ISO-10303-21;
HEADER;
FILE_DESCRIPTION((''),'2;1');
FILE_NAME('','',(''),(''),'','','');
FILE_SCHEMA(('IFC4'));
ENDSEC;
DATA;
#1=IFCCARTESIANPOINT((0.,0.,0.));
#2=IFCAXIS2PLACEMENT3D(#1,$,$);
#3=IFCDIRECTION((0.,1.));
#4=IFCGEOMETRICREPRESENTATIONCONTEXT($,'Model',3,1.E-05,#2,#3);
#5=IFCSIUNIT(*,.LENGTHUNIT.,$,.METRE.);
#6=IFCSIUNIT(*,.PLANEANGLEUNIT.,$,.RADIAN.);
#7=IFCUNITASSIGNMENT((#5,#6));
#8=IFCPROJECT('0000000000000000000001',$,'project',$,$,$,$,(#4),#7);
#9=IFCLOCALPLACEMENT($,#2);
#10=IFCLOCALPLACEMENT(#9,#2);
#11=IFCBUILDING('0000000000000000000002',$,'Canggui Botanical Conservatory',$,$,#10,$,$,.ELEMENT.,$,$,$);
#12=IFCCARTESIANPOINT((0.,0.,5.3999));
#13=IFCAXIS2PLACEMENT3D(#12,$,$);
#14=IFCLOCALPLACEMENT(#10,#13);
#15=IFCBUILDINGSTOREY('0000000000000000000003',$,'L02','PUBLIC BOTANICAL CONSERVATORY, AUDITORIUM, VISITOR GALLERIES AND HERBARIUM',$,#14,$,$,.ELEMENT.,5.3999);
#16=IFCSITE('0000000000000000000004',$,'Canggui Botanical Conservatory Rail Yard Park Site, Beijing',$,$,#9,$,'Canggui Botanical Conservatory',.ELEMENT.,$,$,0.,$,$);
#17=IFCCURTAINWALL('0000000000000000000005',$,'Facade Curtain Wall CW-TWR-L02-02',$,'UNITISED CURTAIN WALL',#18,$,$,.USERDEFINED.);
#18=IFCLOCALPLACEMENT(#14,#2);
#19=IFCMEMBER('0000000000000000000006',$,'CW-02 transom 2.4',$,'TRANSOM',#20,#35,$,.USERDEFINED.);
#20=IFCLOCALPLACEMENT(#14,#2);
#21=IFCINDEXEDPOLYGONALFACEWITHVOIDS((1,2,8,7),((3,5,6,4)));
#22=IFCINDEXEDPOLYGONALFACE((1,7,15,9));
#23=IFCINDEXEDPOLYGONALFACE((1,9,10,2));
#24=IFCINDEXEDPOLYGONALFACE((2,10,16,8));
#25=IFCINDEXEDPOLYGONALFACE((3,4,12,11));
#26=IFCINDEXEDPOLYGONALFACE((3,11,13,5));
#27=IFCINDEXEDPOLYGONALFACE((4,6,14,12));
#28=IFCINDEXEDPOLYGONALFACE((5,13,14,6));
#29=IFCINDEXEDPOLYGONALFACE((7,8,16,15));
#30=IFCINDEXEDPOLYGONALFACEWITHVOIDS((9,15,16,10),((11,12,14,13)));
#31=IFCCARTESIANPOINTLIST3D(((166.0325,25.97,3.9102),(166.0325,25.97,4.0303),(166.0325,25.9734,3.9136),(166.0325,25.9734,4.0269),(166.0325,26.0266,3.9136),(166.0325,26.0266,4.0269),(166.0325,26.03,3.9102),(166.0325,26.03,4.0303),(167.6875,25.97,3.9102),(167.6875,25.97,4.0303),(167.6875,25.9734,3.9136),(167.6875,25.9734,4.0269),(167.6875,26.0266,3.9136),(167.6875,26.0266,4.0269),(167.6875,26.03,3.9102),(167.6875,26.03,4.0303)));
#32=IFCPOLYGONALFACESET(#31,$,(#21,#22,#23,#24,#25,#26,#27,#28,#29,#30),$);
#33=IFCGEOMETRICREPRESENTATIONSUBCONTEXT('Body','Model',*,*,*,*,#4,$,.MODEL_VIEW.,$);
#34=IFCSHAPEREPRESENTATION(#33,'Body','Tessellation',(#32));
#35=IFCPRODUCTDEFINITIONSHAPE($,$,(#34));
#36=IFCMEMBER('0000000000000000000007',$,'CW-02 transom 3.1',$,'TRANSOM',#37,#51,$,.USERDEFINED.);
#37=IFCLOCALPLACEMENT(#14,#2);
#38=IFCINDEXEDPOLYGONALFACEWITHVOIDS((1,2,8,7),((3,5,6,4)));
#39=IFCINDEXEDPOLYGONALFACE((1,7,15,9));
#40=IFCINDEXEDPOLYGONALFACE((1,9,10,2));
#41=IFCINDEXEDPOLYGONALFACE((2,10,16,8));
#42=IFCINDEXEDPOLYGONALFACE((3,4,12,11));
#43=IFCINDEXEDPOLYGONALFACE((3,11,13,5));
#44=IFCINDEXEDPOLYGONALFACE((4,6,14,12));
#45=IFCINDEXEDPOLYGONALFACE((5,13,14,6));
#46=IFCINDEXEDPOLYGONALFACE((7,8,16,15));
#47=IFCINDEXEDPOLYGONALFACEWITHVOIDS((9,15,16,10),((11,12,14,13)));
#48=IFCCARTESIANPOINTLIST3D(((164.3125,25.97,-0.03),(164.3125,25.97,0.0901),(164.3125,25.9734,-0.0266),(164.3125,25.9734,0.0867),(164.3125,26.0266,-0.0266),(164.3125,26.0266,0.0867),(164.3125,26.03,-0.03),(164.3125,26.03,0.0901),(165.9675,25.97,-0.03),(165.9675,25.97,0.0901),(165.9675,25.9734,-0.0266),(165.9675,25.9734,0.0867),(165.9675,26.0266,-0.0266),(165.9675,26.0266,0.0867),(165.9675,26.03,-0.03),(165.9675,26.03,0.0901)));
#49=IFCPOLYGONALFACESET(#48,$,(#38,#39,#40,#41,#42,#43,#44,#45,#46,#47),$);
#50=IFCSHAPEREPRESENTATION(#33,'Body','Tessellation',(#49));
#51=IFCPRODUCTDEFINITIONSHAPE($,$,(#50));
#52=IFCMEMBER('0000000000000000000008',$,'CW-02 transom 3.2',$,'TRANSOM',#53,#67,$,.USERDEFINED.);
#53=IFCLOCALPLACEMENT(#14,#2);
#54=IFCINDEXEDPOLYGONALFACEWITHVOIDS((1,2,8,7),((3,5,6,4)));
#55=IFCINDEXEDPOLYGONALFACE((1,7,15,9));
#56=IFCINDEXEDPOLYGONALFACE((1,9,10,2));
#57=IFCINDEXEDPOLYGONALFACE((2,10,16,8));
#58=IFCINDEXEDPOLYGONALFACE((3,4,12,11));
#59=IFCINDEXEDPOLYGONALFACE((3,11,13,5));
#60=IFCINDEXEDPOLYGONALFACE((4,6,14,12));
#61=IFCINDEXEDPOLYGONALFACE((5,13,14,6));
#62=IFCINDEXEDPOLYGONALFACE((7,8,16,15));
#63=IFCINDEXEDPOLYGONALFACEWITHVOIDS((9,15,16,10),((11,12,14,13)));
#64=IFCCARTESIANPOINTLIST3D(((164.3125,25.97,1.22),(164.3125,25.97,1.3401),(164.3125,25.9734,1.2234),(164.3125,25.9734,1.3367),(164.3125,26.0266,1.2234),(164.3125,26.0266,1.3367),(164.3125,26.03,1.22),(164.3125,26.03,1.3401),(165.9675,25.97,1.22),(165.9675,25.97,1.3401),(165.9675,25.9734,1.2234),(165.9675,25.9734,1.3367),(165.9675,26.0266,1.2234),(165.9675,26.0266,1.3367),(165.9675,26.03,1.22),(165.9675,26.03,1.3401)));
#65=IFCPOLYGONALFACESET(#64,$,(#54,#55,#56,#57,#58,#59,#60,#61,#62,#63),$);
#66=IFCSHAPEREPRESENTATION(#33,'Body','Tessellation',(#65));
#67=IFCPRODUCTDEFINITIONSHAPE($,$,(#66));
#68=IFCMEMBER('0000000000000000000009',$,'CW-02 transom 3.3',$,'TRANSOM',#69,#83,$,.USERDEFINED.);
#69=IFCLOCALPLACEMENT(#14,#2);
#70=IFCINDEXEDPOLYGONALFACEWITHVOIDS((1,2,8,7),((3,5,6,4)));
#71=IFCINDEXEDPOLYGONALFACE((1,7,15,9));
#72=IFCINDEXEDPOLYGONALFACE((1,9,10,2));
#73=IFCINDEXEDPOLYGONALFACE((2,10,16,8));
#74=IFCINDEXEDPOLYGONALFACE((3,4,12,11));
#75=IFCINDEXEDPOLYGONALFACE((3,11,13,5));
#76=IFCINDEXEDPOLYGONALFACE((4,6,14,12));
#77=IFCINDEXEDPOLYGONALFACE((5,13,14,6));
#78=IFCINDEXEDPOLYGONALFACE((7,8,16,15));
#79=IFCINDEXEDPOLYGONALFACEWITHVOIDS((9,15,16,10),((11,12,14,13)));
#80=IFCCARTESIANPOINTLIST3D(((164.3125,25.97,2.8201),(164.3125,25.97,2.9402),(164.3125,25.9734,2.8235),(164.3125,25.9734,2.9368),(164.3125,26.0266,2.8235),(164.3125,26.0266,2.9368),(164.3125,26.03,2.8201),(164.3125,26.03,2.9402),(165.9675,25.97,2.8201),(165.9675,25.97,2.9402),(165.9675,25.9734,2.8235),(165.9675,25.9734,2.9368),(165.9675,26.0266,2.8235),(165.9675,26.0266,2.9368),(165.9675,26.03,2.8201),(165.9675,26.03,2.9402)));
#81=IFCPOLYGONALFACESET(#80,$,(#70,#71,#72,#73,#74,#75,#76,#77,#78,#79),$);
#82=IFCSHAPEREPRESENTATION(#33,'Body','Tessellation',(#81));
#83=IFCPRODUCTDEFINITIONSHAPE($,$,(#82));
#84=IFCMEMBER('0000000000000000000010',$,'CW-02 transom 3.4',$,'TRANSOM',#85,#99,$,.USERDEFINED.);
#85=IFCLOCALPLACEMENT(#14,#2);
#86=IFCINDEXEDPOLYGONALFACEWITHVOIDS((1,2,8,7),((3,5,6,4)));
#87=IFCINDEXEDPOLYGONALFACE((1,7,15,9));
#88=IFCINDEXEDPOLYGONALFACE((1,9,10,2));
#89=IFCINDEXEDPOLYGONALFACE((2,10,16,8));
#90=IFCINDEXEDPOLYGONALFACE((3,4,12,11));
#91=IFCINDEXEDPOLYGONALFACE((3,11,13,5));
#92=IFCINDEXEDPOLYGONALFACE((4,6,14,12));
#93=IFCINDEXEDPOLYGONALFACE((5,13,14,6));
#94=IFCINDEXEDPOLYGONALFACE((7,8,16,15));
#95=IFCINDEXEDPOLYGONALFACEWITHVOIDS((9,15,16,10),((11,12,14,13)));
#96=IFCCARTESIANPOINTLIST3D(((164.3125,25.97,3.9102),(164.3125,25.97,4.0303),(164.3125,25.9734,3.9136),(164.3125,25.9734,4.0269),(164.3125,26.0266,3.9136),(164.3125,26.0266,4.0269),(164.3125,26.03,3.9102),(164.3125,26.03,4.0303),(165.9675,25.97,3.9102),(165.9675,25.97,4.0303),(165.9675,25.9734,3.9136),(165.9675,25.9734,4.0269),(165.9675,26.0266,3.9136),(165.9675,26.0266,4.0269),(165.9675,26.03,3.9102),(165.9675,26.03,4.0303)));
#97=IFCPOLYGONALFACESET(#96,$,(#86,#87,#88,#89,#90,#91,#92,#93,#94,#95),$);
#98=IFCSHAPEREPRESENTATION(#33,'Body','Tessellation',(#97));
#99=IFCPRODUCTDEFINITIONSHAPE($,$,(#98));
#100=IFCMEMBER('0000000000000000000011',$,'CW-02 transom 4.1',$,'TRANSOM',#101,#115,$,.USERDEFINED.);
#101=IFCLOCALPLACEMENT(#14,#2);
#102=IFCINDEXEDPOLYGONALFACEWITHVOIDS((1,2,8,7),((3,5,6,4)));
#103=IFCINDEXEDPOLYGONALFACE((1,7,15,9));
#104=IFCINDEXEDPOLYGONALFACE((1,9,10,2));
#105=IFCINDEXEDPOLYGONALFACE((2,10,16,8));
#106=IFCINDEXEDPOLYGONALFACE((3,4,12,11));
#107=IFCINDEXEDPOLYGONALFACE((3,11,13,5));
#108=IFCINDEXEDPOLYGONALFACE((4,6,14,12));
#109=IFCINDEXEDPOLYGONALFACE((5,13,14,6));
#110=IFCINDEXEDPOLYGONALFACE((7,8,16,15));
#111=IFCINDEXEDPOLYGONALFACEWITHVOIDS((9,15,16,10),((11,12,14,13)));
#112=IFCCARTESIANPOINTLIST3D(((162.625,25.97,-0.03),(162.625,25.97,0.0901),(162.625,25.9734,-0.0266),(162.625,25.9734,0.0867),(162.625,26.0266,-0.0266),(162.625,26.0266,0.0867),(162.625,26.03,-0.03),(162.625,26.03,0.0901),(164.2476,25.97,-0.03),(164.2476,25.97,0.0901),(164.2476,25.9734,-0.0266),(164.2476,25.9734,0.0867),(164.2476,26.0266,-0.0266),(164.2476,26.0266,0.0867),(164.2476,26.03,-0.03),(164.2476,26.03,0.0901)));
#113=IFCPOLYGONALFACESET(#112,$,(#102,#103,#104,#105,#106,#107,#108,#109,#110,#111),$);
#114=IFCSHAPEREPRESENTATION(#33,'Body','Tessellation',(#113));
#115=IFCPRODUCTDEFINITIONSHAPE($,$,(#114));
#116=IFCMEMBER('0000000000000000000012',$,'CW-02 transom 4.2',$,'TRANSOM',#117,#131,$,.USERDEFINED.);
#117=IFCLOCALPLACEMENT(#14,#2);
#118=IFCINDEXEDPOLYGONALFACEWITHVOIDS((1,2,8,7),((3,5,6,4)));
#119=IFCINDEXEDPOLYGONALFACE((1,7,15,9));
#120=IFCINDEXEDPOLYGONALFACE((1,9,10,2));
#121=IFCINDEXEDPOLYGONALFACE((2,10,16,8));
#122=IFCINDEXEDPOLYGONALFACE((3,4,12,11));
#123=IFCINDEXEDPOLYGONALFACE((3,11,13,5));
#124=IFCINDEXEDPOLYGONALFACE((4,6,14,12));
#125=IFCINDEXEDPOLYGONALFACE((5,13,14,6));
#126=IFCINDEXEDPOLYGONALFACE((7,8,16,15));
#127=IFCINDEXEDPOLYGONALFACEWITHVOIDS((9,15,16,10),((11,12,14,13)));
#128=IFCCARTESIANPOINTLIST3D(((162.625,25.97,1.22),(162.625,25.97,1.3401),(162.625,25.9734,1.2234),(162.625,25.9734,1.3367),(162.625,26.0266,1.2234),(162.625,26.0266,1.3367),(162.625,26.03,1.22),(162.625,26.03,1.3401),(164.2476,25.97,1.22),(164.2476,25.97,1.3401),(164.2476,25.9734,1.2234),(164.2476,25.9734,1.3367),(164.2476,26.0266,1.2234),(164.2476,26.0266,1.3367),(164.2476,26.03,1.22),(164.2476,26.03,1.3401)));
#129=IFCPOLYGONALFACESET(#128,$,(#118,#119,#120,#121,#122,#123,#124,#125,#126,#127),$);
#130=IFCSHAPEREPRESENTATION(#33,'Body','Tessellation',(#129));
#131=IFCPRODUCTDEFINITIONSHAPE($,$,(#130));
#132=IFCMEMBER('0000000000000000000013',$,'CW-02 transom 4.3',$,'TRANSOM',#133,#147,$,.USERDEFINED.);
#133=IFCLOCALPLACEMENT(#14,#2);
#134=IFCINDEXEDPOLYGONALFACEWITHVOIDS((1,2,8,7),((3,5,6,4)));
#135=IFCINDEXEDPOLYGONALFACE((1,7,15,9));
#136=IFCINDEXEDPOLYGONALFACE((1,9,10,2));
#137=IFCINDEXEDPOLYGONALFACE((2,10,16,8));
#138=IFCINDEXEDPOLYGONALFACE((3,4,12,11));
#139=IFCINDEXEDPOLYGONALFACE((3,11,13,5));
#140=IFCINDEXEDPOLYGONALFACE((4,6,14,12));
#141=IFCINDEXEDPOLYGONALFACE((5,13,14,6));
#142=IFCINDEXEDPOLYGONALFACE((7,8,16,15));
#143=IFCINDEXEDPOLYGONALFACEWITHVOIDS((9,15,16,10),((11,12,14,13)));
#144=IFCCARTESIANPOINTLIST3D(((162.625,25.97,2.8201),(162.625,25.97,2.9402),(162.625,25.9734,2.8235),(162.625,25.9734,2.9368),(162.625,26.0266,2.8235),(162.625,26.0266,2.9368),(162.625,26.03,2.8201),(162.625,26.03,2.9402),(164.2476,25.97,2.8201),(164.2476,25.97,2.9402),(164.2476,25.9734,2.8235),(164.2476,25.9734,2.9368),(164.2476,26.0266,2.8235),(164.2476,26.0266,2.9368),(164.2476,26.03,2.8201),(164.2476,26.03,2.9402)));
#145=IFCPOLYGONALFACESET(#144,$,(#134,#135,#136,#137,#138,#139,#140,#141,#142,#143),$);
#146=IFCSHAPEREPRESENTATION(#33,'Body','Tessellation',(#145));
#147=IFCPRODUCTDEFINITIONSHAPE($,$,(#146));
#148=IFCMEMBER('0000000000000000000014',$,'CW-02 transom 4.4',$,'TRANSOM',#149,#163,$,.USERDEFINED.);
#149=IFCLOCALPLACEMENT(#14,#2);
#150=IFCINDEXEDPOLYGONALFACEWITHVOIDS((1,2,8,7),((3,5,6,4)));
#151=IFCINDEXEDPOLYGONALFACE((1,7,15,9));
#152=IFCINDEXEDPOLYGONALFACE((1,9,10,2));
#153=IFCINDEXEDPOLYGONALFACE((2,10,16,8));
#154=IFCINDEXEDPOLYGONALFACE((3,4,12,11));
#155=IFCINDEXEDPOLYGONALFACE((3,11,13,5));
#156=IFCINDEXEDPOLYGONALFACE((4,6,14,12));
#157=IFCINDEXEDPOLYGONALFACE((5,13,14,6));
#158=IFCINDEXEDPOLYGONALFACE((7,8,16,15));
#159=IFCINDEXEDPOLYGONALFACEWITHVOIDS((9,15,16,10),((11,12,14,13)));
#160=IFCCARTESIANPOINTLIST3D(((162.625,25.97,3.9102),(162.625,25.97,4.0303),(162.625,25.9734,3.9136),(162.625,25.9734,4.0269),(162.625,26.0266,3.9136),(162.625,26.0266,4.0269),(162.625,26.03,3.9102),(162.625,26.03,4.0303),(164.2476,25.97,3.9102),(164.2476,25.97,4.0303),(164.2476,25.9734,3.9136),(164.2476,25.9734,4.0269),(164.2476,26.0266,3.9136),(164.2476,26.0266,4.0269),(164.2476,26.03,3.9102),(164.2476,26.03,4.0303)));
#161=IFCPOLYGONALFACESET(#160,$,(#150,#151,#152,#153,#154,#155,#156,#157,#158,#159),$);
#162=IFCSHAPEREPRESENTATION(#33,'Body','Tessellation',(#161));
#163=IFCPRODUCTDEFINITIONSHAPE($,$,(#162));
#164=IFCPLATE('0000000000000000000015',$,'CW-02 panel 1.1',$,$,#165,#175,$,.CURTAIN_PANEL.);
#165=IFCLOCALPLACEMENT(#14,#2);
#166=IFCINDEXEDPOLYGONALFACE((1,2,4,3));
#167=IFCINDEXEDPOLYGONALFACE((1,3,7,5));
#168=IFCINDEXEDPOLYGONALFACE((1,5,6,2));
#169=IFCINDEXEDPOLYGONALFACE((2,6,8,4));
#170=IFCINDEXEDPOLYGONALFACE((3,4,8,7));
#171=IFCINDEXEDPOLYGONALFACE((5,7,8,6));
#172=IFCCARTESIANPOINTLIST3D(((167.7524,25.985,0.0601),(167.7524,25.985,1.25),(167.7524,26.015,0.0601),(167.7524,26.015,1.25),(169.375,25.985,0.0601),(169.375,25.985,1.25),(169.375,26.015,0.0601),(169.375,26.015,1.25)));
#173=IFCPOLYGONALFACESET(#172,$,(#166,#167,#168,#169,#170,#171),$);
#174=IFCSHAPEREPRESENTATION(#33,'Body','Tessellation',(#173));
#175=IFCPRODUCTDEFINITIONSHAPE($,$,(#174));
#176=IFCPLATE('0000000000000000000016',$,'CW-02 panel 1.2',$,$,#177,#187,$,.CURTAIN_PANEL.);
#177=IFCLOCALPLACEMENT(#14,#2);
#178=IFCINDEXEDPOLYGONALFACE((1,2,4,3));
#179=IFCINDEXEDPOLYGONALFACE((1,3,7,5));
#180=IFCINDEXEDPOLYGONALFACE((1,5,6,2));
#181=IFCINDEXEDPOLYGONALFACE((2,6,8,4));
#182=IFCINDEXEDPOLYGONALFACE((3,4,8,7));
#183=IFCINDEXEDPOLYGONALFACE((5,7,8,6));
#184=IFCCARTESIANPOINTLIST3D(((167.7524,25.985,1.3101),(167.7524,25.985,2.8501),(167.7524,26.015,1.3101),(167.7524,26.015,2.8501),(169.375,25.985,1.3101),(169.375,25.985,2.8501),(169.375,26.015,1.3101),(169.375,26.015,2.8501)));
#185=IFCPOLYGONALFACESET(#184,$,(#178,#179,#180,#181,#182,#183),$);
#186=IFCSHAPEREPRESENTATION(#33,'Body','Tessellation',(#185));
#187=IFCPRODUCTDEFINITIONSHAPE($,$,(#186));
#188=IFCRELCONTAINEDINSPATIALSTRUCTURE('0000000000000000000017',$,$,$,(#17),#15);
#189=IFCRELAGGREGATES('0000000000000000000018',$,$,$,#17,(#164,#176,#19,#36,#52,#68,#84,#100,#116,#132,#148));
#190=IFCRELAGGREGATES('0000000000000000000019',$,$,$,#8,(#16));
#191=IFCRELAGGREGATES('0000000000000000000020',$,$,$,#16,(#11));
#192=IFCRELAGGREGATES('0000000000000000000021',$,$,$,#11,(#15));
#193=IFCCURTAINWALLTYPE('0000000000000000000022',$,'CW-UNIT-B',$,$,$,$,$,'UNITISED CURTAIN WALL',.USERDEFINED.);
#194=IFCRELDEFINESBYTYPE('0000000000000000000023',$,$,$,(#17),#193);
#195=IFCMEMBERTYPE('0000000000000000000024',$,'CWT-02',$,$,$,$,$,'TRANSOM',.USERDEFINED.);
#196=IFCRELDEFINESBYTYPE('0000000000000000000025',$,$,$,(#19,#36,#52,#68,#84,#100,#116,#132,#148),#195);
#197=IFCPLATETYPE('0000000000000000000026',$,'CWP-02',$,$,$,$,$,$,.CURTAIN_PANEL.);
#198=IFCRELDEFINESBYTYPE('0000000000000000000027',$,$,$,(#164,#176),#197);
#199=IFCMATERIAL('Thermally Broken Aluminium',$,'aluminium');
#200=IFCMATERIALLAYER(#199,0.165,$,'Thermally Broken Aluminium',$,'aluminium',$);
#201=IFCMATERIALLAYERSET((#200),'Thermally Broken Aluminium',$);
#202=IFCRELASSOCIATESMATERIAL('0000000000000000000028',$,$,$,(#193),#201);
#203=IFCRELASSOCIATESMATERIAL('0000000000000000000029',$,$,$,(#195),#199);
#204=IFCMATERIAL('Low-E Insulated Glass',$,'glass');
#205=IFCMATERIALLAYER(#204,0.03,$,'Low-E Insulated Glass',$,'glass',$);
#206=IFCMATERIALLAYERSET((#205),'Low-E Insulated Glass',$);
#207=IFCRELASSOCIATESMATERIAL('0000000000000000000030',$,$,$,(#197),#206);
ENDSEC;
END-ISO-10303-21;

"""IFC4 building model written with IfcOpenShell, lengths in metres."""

from ifc_helpers import new_model, si_unit, direction, frame, origin, origin_2d, place, context, subcontext, project, spatial, rectangle, hollow_rectangle, extrude, material, layer, layer_set, material_profile, profile_set, type_object, element, aggregate, save


model = new_model("IFC4")

# Units and contexts
model_context = context("Model", 3, precision=1e-05, world=origin(), true_north=direction((0.0, 1.0)))
body_context = subcontext(model_context, "Body", "Model", "MODEL_VIEW")
ifc_project = project(units=[si_unit("LENGTHUNIT", "METRE"), si_unit("PLANEANGLEUNIT", "RADIAN")], contexts=[model_context])

# Site, building, storey
site_placement = place(None, origin())
site = spatial("IfcSite", under=ifc_project, at=site_placement, Name="Canggui Botanical Conservatory Rail Yard Park Site, Beijing", LongName="Canggui Botanical Conservatory", CompositionType="ELEMENT", RefElevation=0.0)
building_placement = place(site_placement, origin())
building = spatial("IfcBuilding", under=site, at=building_placement, Name="Canggui Botanical Conservatory", CompositionType="ELEMENT")
storey_placement = place(building_placement, frame((0.0, 0.0, 5.3999)))
storey = spatial("IfcBuildingStorey", under=building, at=storey_placement, Name="L02", Description="PUBLIC BOTANICAL CONSERVATORY, AUDITORIUM, VISITOR GALLERIES AND HERBARIUM", CompositionType="ELEMENT", Elevation=5.3999)

# Curtain wall, members, plates
ifc_material_1 = material(Name="Thermally Broken Aluminium", Category="aluminium")
ifc_layer_1 = layer(ifc_material_1, 0.165, Name="Thermally Broken Aluminium", Category="aluminium")
ifc_layer_set_1 = layer_set([ifc_layer_1], Name="Thermally Broken Aluminium")
curtain_wall_type = type_object("IfcCurtainWallType", Name="CW-UNIT-B", ElementType="UNITISED CURTAIN WALL", PredefinedType="USERDEFINED", material=ifc_layer_set_1)
curtain_wall_placement = place(storey_placement, origin())
curtain_wall = element("IfcCurtainWall", 1, at=curtain_wall_placement, inside=storey, type_object=curtain_wall_type, Name="Facade Curtain Wall CW-TWR-L02-02", ObjectType="UNITISED CURTAIN WALL", PredefinedType="USERDEFINED")
ifc_material_profile_1 = material_profile(ifc_material_1, hollow_rectangle(XDim=0.0601, YDim=0.1201, WallThickness=0.0034, at=origin_2d()), Name="CWT 60x120x3.5")
ifc_profile_set_1 = profile_set([ifc_material_profile_1], Name="Thermally Broken Aluminium")
member_type_1 = type_object("IfcMemberType", Name="CWT-02", ElementType="TRANSOM", PredefinedType="USERDEFINED", material=ifc_profile_set_1)
member_1_placement = place(storey_placement, frame((167.6875, 26.0, 3.9702), z_axis=(-1.0, 0.0, 0.0), x_axis=(0.0, -1.0, 0.0)))
member_1 = element("IfcMember", 2, at=member_1_placement, type_object=member_type_1, Name="CW-02 transom 2.4", ObjectType="TRANSOM", PredefinedType="USERDEFINED", context=body_context, shape_type="SweptSolid", body=[
    extrude(hollow_rectangle(XDim=0.0601, YDim=0.1201, WallThickness=0.0034, at=origin_2d()), origin(), (0.0, 0.0, 1.0), 1.655),
])
member_2_placement = place(storey_placement, frame((165.9675, 26.0, 0.03), z_axis=(-1.0, 0.0, 0.0), x_axis=(0.0, -1.0, 0.0)))
member_2 = element("IfcMember", 3, at=member_2_placement, type_object=member_type_1, Name="CW-02 transom 3.1", ObjectType="TRANSOM", PredefinedType="USERDEFINED", context=body_context, shape_type="SweptSolid", body=[
    extrude(hollow_rectangle(XDim=0.0601, YDim=0.1201, WallThickness=0.0034, at=origin_2d()), origin(), (0.0, 0.0, 1.0), 1.655),
])
member_3_placement = place(storey_placement, frame((165.9675, 26.0, 1.28), z_axis=(-1.0, 0.0, 0.0), x_axis=(0.0, -1.0, 0.0)))
member_3 = element("IfcMember", 4, at=member_3_placement, type_object=member_type_1, Name="CW-02 transom 3.2", ObjectType="TRANSOM", PredefinedType="USERDEFINED", context=body_context, shape_type="SweptSolid", body=[
    extrude(hollow_rectangle(XDim=0.0601, YDim=0.1201, WallThickness=0.0034, at=origin_2d()), origin(), (0.0, 0.0, 1.0), 1.655),
])
member_4_placement = place(storey_placement, frame((165.9675, 26.0, 2.8801), z_axis=(-1.0, 0.0, 0.0), x_axis=(0.0, -1.0, 0.0)))
member_4 = element("IfcMember", 5, at=member_4_placement, type_object=member_type_1, Name="CW-02 transom 3.3", ObjectType="TRANSOM", PredefinedType="USERDEFINED", context=body_context, shape_type="SweptSolid", body=[
    extrude(hollow_rectangle(XDim=0.0601, YDim=0.1201, WallThickness=0.0034, at=origin_2d()), origin(), (0.0, 0.0, 1.0), 1.655),
])
member_5_placement = place(storey_placement, frame((165.9675, 26.0, 3.9702), z_axis=(-1.0, 0.0, 0.0), x_axis=(0.0, -1.0, 0.0)))
member_5 = element("IfcMember", 6, at=member_5_placement, type_object=member_type_1, Name="CW-02 transom 3.4", ObjectType="TRANSOM", PredefinedType="USERDEFINED", context=body_context, shape_type="SweptSolid", body=[
    extrude(hollow_rectangle(XDim=0.0601, YDim=0.1201, WallThickness=0.0034, at=origin_2d()), origin(), (0.0, 0.0, 1.0), 1.655),
])
member_6_placement = place(storey_placement, frame((164.2476, 26.0, 0.03), z_axis=(-1.0, 0.0, 0.0), x_axis=(0.0, -1.0, 0.0)))
member_6 = element("IfcMember", 7, at=member_6_placement, type_object=member_type_1, Name="CW-02 transom 4.1", ObjectType="TRANSOM", PredefinedType="USERDEFINED", context=body_context, shape_type="SweptSolid", body=[
    extrude(hollow_rectangle(XDim=0.0601, YDim=0.1201, WallThickness=0.0034, at=origin_2d()), origin(), (0.0, 0.0, 1.0), 1.6226),
])
member_7_placement = place(storey_placement, frame((164.2476, 26.0, 1.28), z_axis=(-1.0, 0.0, 0.0), x_axis=(0.0, -1.0, 0.0)))
member_7 = element("IfcMember", 8, at=member_7_placement, type_object=member_type_1, Name="CW-02 transom 4.2", ObjectType="TRANSOM", PredefinedType="USERDEFINED", context=body_context, shape_type="SweptSolid", body=[
    extrude(hollow_rectangle(XDim=0.0601, YDim=0.1201, WallThickness=0.0034, at=origin_2d()), origin(), (0.0, 0.0, 1.0), 1.6226),
])
member_8_placement = place(storey_placement, frame((164.2476, 26.0, 2.8801), z_axis=(-1.0, 0.0, 0.0), x_axis=(0.0, -1.0, 0.0)))
member_8 = element("IfcMember", 9, at=member_8_placement, type_object=member_type_1, Name="CW-02 transom 4.3", ObjectType="TRANSOM", PredefinedType="USERDEFINED", context=body_context, shape_type="SweptSolid", body=[
    extrude(hollow_rectangle(XDim=0.0601, YDim=0.1201, WallThickness=0.0034, at=origin_2d()), origin(), (0.0, 0.0, 1.0), 1.6226),
])
member_9_placement = place(storey_placement, frame((164.2476, 26.0, 3.9702), z_axis=(-1.0, 0.0, 0.0), x_axis=(0.0, -1.0, 0.0)))
member_9 = element("IfcMember", 10, at=member_9_placement, type_object=member_type_1, Name="CW-02 transom 4.4", ObjectType="TRANSOM", PredefinedType="USERDEFINED", context=body_context, shape_type="SweptSolid", body=[
    extrude(hollow_rectangle(XDim=0.0601, YDim=0.1201, WallThickness=0.0034, at=origin_2d()), origin(), (0.0, 0.0, 1.0), 1.6226),
])
ifc_material_2 = material(Name="Low-E Insulated Glass", Category="glass")
ifc_layer_2 = layer(ifc_material_2, 0.03, Name="Low-E Insulated Glass", Category="glass")
ifc_layer_set_2 = layer_set([ifc_layer_2], Name="Low-E Insulated Glass")
plate_type = type_object("IfcPlateType", Name="CWP-02", PredefinedType="CURTAIN_PANEL", material=ifc_layer_set_2)
plate_1_placement = place(storey_placement, frame((168.5637, 26.0, 0.0601), z_axis=(0.0, 0.0, 1.0), x_axis=(-1.0, 0.0, 0.0)))
plate_1 = element("IfcPlate", 11, at=plate_1_placement, type_object=plate_type, Name="CW-02 panel 1.1", PredefinedType="CURTAIN_PANEL", context=body_context, shape_type="SweptSolid", body=[
    extrude(rectangle(XDim=1.6226, YDim=0.03, at=origin_2d()), origin(), (0.0, 0.0, 1.0), 1.1899),
])
plate_2_placement = place(storey_placement, frame((168.5637, 26.0, 1.3101), z_axis=(0.0, 0.0, 1.0), x_axis=(-1.0, 0.0, 0.0)))
plate_2 = element("IfcPlate", 12, at=plate_2_placement, type_object=plate_type, Name="CW-02 panel 1.2", PredefinedType="CURTAIN_PANEL", context=body_context, shape_type="SweptSolid", body=[
    extrude(rectangle(XDim=1.6226, YDim=0.03, at=origin_2d()), origin(), (0.0, 0.0, 1.0), 1.54),
])
aggregate(curtain_wall, [plate_1, plate_2, member_1, member_2, member_3, member_4, member_5, member_6, member_7, member_8, member_9])

save(model, "model.ifc")
